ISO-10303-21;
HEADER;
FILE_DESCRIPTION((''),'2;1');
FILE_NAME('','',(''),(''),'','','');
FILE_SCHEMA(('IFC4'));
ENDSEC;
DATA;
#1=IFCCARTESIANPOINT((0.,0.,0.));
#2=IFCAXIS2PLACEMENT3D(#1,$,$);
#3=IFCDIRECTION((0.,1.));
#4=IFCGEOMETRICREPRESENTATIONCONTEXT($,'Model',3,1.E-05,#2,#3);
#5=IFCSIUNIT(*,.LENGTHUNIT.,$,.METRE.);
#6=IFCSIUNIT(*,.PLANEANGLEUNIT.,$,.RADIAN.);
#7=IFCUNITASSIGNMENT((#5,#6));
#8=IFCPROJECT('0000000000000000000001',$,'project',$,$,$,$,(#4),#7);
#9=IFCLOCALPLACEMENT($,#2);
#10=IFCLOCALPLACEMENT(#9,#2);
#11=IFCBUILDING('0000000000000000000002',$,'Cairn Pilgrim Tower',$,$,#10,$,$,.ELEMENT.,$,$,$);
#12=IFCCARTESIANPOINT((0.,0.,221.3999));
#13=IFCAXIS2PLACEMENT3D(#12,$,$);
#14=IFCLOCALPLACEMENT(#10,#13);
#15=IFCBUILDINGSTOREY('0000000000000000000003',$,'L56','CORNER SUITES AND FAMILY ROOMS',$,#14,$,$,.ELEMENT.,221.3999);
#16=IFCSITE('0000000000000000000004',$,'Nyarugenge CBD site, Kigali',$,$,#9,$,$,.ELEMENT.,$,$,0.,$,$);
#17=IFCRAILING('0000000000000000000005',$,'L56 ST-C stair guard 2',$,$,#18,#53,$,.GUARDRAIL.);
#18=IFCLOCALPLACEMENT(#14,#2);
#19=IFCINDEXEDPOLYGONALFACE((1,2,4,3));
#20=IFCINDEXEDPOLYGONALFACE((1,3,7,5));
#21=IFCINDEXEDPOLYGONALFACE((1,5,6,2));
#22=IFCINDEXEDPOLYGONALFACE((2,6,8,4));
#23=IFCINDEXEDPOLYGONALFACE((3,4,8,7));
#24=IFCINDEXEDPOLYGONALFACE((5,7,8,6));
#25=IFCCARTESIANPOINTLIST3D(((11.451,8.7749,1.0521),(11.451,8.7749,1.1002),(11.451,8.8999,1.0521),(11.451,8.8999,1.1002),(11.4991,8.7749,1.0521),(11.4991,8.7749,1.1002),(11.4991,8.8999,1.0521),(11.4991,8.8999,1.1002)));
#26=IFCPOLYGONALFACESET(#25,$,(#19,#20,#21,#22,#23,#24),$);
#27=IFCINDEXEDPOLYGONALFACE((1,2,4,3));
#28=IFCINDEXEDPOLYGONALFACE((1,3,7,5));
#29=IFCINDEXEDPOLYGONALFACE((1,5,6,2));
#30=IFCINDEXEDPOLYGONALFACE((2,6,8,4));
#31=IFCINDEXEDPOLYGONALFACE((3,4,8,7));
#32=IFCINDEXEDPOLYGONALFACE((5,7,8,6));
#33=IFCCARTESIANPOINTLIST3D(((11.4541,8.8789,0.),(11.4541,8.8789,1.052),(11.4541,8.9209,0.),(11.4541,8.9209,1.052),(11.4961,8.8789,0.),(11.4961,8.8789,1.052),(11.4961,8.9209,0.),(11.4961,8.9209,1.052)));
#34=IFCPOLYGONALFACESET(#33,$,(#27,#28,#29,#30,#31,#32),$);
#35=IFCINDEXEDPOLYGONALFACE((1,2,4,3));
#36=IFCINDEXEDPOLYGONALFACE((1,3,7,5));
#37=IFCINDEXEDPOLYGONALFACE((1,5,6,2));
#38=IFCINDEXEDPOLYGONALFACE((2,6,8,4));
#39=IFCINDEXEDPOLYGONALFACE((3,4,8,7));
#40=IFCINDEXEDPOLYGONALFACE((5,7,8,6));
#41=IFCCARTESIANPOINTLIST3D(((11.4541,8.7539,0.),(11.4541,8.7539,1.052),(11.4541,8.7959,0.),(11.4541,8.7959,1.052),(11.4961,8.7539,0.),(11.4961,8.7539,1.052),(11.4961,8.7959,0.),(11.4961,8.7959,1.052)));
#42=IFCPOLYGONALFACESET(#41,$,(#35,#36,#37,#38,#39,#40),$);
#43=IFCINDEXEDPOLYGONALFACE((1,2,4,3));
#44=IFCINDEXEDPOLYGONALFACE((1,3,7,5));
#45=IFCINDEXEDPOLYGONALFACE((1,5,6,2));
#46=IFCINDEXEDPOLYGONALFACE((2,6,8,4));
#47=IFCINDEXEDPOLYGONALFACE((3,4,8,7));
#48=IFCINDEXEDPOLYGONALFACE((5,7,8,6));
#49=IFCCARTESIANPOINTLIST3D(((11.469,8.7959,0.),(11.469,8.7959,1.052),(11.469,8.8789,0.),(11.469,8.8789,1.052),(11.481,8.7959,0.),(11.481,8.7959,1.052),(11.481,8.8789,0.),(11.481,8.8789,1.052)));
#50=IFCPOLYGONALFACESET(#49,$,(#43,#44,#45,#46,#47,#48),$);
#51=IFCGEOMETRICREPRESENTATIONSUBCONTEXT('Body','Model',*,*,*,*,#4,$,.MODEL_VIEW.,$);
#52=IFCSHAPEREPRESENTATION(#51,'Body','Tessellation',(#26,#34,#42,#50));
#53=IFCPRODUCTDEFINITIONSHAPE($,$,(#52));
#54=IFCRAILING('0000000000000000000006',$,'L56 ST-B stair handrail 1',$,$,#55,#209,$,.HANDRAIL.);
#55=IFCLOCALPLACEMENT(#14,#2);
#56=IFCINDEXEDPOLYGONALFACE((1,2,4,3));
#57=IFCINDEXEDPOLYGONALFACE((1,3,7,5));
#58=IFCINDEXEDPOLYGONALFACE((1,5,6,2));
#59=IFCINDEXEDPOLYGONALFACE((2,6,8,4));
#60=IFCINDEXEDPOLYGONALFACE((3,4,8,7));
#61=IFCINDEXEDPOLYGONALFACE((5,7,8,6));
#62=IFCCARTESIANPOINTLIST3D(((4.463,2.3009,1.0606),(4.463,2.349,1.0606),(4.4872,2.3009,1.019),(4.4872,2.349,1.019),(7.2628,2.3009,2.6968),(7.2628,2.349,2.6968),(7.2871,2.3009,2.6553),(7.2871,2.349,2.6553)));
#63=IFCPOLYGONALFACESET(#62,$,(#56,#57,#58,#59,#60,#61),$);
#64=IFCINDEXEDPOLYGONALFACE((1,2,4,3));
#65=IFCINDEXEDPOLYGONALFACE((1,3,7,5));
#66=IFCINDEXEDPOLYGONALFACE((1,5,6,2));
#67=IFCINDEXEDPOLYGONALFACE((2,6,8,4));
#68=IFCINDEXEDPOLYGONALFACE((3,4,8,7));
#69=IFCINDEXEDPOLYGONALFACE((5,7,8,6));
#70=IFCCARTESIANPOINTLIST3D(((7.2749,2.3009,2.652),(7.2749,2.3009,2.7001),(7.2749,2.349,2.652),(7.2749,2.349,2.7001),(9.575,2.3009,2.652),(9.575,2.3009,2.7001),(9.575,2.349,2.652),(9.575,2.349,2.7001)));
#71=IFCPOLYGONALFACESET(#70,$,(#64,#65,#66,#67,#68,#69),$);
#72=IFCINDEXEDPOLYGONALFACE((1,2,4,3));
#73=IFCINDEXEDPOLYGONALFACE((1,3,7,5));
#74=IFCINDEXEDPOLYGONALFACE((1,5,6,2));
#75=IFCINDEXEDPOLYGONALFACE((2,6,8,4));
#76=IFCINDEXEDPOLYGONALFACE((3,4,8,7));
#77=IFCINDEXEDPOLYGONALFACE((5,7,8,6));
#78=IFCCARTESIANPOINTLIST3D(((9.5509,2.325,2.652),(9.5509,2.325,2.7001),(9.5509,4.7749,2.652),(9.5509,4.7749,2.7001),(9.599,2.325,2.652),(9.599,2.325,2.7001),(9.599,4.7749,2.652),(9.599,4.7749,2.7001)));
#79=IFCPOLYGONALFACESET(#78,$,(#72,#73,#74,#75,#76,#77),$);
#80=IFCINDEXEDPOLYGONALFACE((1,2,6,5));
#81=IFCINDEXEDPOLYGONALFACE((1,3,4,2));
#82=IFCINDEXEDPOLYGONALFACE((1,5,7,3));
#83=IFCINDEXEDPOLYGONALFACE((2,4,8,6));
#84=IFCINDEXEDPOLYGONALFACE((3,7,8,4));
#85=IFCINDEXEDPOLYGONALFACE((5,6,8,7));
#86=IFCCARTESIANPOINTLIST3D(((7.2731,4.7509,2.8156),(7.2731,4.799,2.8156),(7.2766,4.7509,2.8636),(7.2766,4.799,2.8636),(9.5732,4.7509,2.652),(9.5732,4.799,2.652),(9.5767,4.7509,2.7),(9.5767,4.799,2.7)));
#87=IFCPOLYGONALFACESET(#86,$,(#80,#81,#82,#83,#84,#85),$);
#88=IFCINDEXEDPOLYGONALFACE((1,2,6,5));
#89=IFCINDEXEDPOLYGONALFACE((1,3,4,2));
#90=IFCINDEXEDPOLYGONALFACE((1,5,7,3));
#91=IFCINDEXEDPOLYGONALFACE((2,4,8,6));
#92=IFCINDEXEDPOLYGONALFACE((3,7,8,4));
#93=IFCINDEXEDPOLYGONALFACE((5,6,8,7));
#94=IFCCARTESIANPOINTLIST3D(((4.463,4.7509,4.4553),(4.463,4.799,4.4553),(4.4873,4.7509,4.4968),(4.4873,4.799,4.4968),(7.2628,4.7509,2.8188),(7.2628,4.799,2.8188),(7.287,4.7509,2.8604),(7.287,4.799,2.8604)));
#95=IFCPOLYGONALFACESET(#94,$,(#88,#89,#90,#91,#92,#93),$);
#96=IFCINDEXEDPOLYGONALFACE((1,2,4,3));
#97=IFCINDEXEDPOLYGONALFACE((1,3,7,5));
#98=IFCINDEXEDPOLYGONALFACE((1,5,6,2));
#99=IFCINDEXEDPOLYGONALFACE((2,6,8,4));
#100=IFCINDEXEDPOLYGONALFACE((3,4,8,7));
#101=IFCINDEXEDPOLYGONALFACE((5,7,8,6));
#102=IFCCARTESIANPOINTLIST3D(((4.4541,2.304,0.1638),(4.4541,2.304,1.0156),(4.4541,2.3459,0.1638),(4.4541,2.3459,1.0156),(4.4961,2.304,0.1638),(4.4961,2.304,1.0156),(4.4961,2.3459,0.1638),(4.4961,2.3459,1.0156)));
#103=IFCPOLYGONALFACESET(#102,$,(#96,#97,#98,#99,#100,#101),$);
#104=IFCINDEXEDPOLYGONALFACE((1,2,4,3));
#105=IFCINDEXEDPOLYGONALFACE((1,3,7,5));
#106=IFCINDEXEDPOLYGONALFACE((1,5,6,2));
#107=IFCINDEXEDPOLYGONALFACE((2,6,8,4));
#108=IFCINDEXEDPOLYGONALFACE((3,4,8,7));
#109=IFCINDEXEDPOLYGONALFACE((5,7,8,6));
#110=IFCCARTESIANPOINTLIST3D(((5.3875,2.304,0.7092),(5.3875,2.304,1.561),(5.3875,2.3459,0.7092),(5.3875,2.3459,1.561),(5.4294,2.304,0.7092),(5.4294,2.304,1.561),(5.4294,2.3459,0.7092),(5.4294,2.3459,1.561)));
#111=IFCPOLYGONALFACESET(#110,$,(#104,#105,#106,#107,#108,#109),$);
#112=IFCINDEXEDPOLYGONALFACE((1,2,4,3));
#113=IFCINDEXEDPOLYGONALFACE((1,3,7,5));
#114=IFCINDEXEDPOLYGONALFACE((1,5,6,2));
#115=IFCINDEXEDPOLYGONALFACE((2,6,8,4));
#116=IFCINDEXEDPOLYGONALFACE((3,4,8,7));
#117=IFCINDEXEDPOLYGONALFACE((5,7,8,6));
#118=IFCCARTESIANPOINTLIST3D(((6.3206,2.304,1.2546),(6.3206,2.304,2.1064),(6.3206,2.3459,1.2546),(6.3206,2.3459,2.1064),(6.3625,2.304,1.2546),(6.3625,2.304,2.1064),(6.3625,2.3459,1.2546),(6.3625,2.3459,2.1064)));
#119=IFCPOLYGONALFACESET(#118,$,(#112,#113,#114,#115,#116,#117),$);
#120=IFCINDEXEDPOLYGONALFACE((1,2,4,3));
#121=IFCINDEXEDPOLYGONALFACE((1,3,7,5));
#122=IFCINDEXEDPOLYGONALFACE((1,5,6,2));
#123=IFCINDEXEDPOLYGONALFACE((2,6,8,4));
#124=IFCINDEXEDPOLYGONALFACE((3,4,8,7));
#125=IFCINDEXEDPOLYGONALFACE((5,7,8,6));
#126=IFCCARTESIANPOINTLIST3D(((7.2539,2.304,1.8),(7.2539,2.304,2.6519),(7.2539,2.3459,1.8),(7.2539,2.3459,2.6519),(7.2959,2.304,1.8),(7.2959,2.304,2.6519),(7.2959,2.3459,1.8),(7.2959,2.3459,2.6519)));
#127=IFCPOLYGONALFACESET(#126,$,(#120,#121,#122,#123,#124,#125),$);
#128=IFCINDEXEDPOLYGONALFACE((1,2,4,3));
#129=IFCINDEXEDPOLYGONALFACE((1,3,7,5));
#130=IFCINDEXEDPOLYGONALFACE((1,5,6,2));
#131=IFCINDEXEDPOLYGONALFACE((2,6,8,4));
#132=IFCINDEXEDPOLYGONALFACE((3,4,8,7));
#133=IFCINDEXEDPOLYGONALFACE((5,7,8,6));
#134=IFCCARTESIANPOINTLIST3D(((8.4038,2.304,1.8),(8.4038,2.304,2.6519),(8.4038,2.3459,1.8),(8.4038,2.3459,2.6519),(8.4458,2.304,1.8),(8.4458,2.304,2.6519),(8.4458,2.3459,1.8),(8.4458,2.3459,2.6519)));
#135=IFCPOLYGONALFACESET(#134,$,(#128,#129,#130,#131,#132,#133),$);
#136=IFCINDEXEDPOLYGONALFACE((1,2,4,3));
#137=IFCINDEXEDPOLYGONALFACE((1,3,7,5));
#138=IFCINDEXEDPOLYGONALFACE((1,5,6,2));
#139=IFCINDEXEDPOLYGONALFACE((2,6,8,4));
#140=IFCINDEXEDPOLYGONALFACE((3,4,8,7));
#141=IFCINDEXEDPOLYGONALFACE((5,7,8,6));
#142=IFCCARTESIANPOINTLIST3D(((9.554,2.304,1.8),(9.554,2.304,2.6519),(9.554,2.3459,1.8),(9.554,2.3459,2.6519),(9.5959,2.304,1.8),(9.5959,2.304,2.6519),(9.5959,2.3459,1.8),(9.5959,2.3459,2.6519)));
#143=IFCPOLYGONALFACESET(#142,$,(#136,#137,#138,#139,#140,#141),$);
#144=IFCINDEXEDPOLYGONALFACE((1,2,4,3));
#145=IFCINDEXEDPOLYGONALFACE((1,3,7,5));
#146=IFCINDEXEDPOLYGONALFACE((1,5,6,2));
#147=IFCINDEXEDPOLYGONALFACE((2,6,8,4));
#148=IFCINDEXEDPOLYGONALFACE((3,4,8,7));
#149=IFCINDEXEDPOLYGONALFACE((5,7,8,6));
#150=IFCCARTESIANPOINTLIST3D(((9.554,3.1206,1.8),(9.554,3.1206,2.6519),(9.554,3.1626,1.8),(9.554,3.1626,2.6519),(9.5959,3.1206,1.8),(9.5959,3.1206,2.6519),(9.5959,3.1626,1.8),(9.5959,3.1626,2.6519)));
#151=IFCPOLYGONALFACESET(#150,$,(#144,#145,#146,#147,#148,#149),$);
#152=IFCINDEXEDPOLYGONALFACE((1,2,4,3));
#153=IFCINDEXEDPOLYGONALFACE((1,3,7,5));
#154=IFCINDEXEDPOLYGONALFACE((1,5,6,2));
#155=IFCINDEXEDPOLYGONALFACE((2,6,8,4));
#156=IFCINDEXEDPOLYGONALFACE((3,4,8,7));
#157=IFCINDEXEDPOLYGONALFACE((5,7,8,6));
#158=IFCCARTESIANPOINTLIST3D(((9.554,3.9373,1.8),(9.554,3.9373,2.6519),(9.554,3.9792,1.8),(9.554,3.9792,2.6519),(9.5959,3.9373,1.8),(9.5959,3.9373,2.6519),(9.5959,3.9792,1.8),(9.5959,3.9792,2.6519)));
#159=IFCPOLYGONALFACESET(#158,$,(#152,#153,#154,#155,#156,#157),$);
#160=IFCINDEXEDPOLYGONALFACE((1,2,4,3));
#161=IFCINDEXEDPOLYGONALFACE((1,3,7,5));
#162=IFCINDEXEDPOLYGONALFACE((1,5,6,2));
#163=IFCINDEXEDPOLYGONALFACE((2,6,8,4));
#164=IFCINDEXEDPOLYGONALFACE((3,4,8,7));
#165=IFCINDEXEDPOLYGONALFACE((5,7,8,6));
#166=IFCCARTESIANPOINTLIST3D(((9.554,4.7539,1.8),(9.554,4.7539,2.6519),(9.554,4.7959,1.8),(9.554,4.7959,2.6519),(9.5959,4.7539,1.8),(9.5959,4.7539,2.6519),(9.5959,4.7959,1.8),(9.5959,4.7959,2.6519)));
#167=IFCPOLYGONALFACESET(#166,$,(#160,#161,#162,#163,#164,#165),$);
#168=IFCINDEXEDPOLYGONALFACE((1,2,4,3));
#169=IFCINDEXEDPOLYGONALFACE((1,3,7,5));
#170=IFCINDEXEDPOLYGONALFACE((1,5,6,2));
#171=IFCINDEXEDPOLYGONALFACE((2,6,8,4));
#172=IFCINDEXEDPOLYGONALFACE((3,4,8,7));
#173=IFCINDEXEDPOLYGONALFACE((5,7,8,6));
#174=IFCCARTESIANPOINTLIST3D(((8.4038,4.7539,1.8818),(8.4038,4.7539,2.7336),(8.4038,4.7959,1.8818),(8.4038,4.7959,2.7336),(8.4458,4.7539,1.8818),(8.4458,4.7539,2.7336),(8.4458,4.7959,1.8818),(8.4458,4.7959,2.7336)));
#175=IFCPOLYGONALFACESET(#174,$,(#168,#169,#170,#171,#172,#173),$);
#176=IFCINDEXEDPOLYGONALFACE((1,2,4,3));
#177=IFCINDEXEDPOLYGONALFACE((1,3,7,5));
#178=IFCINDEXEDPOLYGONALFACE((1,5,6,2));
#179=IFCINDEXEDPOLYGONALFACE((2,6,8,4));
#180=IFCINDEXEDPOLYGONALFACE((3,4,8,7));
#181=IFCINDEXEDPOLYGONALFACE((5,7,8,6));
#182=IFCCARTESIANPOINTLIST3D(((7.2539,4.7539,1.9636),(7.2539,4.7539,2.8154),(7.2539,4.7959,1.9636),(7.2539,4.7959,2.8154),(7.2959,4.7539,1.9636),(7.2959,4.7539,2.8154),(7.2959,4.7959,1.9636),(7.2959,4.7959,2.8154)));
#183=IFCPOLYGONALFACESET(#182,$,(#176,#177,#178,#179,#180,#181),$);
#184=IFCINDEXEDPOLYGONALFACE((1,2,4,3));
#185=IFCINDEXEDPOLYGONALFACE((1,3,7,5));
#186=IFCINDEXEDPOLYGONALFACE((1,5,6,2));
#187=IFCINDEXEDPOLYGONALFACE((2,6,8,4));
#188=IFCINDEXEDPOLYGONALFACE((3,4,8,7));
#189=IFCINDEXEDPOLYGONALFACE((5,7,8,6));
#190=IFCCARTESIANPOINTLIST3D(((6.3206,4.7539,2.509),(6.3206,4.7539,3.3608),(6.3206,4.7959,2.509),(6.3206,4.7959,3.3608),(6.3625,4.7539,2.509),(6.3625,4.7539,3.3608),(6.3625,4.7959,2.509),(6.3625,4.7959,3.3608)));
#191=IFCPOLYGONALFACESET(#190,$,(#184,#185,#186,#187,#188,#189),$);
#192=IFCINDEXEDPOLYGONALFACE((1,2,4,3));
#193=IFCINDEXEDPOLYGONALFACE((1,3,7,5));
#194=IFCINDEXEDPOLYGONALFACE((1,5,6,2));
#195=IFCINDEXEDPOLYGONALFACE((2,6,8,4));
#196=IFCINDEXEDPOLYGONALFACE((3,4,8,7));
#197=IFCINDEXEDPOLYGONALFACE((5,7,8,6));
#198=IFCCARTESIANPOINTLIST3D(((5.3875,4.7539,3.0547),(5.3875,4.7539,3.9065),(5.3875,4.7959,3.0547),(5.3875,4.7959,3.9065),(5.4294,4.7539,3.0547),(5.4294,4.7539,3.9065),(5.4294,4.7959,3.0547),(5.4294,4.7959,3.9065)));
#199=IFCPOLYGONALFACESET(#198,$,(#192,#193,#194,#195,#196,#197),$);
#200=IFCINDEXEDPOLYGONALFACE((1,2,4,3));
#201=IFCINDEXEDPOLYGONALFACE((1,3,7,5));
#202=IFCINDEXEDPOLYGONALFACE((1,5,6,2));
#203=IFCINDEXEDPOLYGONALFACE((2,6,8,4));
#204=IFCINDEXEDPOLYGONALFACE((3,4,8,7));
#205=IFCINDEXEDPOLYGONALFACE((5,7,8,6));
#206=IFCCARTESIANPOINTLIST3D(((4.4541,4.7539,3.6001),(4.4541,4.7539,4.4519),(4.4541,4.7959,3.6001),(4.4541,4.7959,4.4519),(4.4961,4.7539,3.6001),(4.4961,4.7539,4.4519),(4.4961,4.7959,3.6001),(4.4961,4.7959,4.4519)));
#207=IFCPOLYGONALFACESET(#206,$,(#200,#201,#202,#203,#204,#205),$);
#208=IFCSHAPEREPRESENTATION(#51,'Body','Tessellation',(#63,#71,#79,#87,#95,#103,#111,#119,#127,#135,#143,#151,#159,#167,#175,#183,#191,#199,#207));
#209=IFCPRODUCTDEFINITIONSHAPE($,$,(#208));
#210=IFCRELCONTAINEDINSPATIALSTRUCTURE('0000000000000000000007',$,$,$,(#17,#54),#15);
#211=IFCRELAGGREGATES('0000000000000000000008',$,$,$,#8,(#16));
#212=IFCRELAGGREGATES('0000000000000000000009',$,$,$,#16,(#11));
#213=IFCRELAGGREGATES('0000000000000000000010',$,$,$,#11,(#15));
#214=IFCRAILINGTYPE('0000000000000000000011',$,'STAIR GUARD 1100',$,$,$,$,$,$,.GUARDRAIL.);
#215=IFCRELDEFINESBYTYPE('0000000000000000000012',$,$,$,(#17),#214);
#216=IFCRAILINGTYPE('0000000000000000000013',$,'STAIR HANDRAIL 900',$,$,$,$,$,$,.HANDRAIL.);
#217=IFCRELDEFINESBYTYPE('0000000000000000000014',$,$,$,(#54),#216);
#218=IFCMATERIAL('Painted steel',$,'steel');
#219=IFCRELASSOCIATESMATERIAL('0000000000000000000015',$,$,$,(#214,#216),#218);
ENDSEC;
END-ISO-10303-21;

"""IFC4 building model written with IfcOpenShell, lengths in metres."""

from ifc_helpers import new_model, si_unit, direction, frame, origin, origin_2d, place, context, subcontext, project, spatial, polyline, rectangle, outline, extrude, material, type_object, element, save


model = new_model("IFC4")

# Units and contexts
model_context = context("Model", 3, precision=1e-05, world=origin(), true_north=direction((0.0, 1.0)))
body_context = subcontext(model_context, "Body", "Model", "MODEL_VIEW")
ifc_project = project(units=[si_unit("LENGTHUNIT", "METRE"), si_unit("PLANEANGLEUNIT", "RADIAN")], contexts=[model_context])

# Site, building, storey
site_placement = place(None, origin())
site = spatial("IfcSite", under=ifc_project, at=site_placement, Name="Nyarugenge CBD site, Kigali", CompositionType="ELEMENT", RefElevation=0.0)
building_placement = place(site_placement, origin())
building = spatial("IfcBuilding", under=site, at=building_placement, Name="Cairn Pilgrim Tower", CompositionType="ELEMENT")
storey_placement = place(building_placement, frame((0.0, 0.0, 221.3999)))
storey = spatial("IfcBuildingStorey", under=building, at=storey_placement, Name="L56", Description="CORNER SUITES AND FAMILY ROOMS", CompositionType="ELEMENT", Elevation=221.3999)

# Shared definitions
ifc_material_1 = material(Name="Painted steel", Category="steel")

# Railings
railing_type_1 = type_object("IfcRailingType", Name="STAIR GUARD 1100", PredefinedType="GUARDRAIL", material=ifc_material_1)
railing_1_placement = place(storey_placement, frame((11.4751, 8.8999, 0.0)))
element("IfcRailing", 1, at=railing_1_placement, inside=storey, type_object=railing_type_1, Name="L56 ST-C stair guard 2", PredefinedType="GUARDRAIL", context=body_context, shape_type="SweptSolid", body=[
    extrude(rectangle(XDim=0.0481, YDim=0.0481, at=origin_2d()), frame((0.0, 0.0, 1.0762), z_axis=(0.0, -1.0, 0.0), x_axis=(1.0, 0.0, 0.0)), (0.0, 0.0, 1.0), 0.125),
    extrude(rectangle(XDim=0.042, YDim=0.042, at=origin_2d()), origin(), (0.0, 0.0, 1.0), 1.052),
    extrude(rectangle(XDim=0.042, YDim=0.042, at=origin_2d()), frame((0.0, -0.125, 0.0)), (0.0, 0.0, 1.0), 1.052),
    extrude(outline(polyline([(0.021, 0.0), (0.104, 0.0), (0.104, 1.052), (0.021, 1.052), (0.021, 0.0)])), frame((0.0059, 0.0, 0.0), z_axis=(-1.0, 0.0, 0.0), x_axis=(0.0, -1.0, 0.0)), (0.0, 0.0, 1.0), 0.012),
])
railing_type_2 = type_object("IfcRailingType", Name="STAIR HANDRAIL 900", PredefinedType="HANDRAIL", material=ifc_material_1)
railing_2_placement = place(storey_placement, frame((4.4751, 2.325, 0.1638)))
element("IfcRailing", 2, at=railing_2_placement, inside=storey, type_object=railing_type_2, Name="L56 ST-B stair handrail 1", PredefinedType="HANDRAIL", context=body_context, shape_type="SweptSolid", body=[
    extrude(rectangle(XDim=0.0481, YDim=0.0481, at=origin_2d()), frame((0.0, 0.0, 0.876), z_axis=(0.863374, 0.0, 0.504564), x_axis=(0.0, 1.0, 0.0)), (0.0, 0.0, 1.0), 3.2429),
    extrude(rectangle(XDim=0.0481, YDim=0.0481, at=origin_2d()), frame((2.7998, 0.0, 2.5122), z_axis=(1.0, 0.0, 0.0), x_axis=(0.0, 1.0, 0.0)), (0.0, 0.0, 1.0), 2.3),
    extrude(rectangle(XDim=0.0481, YDim=0.0481, at=origin_2d()), frame((5.0999, 0.0, 2.5122), z_axis=(0.0, 1.0, 0.0), x_axis=(-1.0, 0.0, 0.0)), (0.0, 0.0, 1.0), 2.45),
    extrude(rectangle(XDim=0.0481, YDim=0.0481, at=origin_2d()), frame((5.0999, 2.45, 2.5122), z_axis=(-0.997481, 0.0, 0.070939), x_axis=(0.0, -1.0, 0.0)), (0.0, 0.0, 1.0), 2.3059),
    extrude(rectangle(XDim=0.0481, YDim=0.0481, at=origin_2d()), frame((2.7998, 2.45, 2.6758), z_axis=(-0.863342, 0.0, 0.50462), x_axis=(0.0, -1.0, 0.0)), (0.0, 0.0, 1.0), 3.2429),
    extrude(rectangle(XDim=0.042, YDim=0.042, at=origin_2d()), origin(), (0.0, 0.0, 1.0), 0.8518),
    extrude(rectangle(XDim=0.042, YDim=0.042, at=origin_2d()), frame((0.9333, 0.0, 0.5454)), (0.0, 0.0, 1.0), 0.8518),
    extrude(rectangle(XDim=0.042, YDim=0.042, at=origin_2d()), frame((1.8665, 0.0, 1.0908)), (0.0, 0.0, 1.0), 0.8518),
    extrude(rectangle(XDim=0.042, YDim=0.042, at=origin_2d()), frame((2.7998, 0.0, 1.6362)), (0.0, 0.0, 1.0), 0.8518),
    extrude(rectangle(XDim=0.042, YDim=0.042, at=origin_2d()), frame((3.9497, 0.0, 1.6362)), (0.0, 0.0, 1.0), 0.8518),
    extrude(rectangle(XDim=0.042, YDim=0.042, at=origin_2d()), frame((5.0999, 0.0, 1.6362)), (0.0, 0.0, 1.0), 0.8518),
    extrude(rectangle(XDim=0.042, YDim=0.042, at=origin_2d()), frame((5.0999, 0.8167, 1.6362)), (0.0, 0.0, 1.0), 0.8518),
    extrude(rectangle(XDim=0.042, YDim=0.042, at=origin_2d()), frame((5.0999, 1.6333, 1.6362)), (0.0, 0.0, 1.0), 0.8518),
    extrude(rectangle(XDim=0.042, YDim=0.042, at=origin_2d()), frame((5.0999, 2.45, 1.6362)), (0.0, 0.0, 1.0), 0.8518),
    extrude(rectangle(XDim=0.042, YDim=0.042, at=origin_2d()), frame((3.9497, 2.45, 1.718)), (0.0, 0.0, 1.0), 0.8518),
    extrude(rectangle(XDim=0.042, YDim=0.042, at=origin_2d()), frame((2.7998, 2.45, 1.7998)), (0.0, 0.0, 1.0), 0.8518),
    extrude(rectangle(XDim=0.042, YDim=0.042, at=origin_2d()), frame((1.8665, 2.45, 2.3452)), (0.0, 0.0, 1.0), 0.8518),
    extrude(rectangle(XDim=0.042, YDim=0.042, at=origin_2d()), frame((0.9333, 2.45, 2.8909)), (0.0, 0.0, 1.0), 0.8518),
    extrude(rectangle(XDim=0.042, YDim=0.042, at=origin_2d()), frame((0.0, 2.45, 3.4363)), (0.0, 0.0, 1.0), 0.8518),
])

save(model, "model.ifc")
